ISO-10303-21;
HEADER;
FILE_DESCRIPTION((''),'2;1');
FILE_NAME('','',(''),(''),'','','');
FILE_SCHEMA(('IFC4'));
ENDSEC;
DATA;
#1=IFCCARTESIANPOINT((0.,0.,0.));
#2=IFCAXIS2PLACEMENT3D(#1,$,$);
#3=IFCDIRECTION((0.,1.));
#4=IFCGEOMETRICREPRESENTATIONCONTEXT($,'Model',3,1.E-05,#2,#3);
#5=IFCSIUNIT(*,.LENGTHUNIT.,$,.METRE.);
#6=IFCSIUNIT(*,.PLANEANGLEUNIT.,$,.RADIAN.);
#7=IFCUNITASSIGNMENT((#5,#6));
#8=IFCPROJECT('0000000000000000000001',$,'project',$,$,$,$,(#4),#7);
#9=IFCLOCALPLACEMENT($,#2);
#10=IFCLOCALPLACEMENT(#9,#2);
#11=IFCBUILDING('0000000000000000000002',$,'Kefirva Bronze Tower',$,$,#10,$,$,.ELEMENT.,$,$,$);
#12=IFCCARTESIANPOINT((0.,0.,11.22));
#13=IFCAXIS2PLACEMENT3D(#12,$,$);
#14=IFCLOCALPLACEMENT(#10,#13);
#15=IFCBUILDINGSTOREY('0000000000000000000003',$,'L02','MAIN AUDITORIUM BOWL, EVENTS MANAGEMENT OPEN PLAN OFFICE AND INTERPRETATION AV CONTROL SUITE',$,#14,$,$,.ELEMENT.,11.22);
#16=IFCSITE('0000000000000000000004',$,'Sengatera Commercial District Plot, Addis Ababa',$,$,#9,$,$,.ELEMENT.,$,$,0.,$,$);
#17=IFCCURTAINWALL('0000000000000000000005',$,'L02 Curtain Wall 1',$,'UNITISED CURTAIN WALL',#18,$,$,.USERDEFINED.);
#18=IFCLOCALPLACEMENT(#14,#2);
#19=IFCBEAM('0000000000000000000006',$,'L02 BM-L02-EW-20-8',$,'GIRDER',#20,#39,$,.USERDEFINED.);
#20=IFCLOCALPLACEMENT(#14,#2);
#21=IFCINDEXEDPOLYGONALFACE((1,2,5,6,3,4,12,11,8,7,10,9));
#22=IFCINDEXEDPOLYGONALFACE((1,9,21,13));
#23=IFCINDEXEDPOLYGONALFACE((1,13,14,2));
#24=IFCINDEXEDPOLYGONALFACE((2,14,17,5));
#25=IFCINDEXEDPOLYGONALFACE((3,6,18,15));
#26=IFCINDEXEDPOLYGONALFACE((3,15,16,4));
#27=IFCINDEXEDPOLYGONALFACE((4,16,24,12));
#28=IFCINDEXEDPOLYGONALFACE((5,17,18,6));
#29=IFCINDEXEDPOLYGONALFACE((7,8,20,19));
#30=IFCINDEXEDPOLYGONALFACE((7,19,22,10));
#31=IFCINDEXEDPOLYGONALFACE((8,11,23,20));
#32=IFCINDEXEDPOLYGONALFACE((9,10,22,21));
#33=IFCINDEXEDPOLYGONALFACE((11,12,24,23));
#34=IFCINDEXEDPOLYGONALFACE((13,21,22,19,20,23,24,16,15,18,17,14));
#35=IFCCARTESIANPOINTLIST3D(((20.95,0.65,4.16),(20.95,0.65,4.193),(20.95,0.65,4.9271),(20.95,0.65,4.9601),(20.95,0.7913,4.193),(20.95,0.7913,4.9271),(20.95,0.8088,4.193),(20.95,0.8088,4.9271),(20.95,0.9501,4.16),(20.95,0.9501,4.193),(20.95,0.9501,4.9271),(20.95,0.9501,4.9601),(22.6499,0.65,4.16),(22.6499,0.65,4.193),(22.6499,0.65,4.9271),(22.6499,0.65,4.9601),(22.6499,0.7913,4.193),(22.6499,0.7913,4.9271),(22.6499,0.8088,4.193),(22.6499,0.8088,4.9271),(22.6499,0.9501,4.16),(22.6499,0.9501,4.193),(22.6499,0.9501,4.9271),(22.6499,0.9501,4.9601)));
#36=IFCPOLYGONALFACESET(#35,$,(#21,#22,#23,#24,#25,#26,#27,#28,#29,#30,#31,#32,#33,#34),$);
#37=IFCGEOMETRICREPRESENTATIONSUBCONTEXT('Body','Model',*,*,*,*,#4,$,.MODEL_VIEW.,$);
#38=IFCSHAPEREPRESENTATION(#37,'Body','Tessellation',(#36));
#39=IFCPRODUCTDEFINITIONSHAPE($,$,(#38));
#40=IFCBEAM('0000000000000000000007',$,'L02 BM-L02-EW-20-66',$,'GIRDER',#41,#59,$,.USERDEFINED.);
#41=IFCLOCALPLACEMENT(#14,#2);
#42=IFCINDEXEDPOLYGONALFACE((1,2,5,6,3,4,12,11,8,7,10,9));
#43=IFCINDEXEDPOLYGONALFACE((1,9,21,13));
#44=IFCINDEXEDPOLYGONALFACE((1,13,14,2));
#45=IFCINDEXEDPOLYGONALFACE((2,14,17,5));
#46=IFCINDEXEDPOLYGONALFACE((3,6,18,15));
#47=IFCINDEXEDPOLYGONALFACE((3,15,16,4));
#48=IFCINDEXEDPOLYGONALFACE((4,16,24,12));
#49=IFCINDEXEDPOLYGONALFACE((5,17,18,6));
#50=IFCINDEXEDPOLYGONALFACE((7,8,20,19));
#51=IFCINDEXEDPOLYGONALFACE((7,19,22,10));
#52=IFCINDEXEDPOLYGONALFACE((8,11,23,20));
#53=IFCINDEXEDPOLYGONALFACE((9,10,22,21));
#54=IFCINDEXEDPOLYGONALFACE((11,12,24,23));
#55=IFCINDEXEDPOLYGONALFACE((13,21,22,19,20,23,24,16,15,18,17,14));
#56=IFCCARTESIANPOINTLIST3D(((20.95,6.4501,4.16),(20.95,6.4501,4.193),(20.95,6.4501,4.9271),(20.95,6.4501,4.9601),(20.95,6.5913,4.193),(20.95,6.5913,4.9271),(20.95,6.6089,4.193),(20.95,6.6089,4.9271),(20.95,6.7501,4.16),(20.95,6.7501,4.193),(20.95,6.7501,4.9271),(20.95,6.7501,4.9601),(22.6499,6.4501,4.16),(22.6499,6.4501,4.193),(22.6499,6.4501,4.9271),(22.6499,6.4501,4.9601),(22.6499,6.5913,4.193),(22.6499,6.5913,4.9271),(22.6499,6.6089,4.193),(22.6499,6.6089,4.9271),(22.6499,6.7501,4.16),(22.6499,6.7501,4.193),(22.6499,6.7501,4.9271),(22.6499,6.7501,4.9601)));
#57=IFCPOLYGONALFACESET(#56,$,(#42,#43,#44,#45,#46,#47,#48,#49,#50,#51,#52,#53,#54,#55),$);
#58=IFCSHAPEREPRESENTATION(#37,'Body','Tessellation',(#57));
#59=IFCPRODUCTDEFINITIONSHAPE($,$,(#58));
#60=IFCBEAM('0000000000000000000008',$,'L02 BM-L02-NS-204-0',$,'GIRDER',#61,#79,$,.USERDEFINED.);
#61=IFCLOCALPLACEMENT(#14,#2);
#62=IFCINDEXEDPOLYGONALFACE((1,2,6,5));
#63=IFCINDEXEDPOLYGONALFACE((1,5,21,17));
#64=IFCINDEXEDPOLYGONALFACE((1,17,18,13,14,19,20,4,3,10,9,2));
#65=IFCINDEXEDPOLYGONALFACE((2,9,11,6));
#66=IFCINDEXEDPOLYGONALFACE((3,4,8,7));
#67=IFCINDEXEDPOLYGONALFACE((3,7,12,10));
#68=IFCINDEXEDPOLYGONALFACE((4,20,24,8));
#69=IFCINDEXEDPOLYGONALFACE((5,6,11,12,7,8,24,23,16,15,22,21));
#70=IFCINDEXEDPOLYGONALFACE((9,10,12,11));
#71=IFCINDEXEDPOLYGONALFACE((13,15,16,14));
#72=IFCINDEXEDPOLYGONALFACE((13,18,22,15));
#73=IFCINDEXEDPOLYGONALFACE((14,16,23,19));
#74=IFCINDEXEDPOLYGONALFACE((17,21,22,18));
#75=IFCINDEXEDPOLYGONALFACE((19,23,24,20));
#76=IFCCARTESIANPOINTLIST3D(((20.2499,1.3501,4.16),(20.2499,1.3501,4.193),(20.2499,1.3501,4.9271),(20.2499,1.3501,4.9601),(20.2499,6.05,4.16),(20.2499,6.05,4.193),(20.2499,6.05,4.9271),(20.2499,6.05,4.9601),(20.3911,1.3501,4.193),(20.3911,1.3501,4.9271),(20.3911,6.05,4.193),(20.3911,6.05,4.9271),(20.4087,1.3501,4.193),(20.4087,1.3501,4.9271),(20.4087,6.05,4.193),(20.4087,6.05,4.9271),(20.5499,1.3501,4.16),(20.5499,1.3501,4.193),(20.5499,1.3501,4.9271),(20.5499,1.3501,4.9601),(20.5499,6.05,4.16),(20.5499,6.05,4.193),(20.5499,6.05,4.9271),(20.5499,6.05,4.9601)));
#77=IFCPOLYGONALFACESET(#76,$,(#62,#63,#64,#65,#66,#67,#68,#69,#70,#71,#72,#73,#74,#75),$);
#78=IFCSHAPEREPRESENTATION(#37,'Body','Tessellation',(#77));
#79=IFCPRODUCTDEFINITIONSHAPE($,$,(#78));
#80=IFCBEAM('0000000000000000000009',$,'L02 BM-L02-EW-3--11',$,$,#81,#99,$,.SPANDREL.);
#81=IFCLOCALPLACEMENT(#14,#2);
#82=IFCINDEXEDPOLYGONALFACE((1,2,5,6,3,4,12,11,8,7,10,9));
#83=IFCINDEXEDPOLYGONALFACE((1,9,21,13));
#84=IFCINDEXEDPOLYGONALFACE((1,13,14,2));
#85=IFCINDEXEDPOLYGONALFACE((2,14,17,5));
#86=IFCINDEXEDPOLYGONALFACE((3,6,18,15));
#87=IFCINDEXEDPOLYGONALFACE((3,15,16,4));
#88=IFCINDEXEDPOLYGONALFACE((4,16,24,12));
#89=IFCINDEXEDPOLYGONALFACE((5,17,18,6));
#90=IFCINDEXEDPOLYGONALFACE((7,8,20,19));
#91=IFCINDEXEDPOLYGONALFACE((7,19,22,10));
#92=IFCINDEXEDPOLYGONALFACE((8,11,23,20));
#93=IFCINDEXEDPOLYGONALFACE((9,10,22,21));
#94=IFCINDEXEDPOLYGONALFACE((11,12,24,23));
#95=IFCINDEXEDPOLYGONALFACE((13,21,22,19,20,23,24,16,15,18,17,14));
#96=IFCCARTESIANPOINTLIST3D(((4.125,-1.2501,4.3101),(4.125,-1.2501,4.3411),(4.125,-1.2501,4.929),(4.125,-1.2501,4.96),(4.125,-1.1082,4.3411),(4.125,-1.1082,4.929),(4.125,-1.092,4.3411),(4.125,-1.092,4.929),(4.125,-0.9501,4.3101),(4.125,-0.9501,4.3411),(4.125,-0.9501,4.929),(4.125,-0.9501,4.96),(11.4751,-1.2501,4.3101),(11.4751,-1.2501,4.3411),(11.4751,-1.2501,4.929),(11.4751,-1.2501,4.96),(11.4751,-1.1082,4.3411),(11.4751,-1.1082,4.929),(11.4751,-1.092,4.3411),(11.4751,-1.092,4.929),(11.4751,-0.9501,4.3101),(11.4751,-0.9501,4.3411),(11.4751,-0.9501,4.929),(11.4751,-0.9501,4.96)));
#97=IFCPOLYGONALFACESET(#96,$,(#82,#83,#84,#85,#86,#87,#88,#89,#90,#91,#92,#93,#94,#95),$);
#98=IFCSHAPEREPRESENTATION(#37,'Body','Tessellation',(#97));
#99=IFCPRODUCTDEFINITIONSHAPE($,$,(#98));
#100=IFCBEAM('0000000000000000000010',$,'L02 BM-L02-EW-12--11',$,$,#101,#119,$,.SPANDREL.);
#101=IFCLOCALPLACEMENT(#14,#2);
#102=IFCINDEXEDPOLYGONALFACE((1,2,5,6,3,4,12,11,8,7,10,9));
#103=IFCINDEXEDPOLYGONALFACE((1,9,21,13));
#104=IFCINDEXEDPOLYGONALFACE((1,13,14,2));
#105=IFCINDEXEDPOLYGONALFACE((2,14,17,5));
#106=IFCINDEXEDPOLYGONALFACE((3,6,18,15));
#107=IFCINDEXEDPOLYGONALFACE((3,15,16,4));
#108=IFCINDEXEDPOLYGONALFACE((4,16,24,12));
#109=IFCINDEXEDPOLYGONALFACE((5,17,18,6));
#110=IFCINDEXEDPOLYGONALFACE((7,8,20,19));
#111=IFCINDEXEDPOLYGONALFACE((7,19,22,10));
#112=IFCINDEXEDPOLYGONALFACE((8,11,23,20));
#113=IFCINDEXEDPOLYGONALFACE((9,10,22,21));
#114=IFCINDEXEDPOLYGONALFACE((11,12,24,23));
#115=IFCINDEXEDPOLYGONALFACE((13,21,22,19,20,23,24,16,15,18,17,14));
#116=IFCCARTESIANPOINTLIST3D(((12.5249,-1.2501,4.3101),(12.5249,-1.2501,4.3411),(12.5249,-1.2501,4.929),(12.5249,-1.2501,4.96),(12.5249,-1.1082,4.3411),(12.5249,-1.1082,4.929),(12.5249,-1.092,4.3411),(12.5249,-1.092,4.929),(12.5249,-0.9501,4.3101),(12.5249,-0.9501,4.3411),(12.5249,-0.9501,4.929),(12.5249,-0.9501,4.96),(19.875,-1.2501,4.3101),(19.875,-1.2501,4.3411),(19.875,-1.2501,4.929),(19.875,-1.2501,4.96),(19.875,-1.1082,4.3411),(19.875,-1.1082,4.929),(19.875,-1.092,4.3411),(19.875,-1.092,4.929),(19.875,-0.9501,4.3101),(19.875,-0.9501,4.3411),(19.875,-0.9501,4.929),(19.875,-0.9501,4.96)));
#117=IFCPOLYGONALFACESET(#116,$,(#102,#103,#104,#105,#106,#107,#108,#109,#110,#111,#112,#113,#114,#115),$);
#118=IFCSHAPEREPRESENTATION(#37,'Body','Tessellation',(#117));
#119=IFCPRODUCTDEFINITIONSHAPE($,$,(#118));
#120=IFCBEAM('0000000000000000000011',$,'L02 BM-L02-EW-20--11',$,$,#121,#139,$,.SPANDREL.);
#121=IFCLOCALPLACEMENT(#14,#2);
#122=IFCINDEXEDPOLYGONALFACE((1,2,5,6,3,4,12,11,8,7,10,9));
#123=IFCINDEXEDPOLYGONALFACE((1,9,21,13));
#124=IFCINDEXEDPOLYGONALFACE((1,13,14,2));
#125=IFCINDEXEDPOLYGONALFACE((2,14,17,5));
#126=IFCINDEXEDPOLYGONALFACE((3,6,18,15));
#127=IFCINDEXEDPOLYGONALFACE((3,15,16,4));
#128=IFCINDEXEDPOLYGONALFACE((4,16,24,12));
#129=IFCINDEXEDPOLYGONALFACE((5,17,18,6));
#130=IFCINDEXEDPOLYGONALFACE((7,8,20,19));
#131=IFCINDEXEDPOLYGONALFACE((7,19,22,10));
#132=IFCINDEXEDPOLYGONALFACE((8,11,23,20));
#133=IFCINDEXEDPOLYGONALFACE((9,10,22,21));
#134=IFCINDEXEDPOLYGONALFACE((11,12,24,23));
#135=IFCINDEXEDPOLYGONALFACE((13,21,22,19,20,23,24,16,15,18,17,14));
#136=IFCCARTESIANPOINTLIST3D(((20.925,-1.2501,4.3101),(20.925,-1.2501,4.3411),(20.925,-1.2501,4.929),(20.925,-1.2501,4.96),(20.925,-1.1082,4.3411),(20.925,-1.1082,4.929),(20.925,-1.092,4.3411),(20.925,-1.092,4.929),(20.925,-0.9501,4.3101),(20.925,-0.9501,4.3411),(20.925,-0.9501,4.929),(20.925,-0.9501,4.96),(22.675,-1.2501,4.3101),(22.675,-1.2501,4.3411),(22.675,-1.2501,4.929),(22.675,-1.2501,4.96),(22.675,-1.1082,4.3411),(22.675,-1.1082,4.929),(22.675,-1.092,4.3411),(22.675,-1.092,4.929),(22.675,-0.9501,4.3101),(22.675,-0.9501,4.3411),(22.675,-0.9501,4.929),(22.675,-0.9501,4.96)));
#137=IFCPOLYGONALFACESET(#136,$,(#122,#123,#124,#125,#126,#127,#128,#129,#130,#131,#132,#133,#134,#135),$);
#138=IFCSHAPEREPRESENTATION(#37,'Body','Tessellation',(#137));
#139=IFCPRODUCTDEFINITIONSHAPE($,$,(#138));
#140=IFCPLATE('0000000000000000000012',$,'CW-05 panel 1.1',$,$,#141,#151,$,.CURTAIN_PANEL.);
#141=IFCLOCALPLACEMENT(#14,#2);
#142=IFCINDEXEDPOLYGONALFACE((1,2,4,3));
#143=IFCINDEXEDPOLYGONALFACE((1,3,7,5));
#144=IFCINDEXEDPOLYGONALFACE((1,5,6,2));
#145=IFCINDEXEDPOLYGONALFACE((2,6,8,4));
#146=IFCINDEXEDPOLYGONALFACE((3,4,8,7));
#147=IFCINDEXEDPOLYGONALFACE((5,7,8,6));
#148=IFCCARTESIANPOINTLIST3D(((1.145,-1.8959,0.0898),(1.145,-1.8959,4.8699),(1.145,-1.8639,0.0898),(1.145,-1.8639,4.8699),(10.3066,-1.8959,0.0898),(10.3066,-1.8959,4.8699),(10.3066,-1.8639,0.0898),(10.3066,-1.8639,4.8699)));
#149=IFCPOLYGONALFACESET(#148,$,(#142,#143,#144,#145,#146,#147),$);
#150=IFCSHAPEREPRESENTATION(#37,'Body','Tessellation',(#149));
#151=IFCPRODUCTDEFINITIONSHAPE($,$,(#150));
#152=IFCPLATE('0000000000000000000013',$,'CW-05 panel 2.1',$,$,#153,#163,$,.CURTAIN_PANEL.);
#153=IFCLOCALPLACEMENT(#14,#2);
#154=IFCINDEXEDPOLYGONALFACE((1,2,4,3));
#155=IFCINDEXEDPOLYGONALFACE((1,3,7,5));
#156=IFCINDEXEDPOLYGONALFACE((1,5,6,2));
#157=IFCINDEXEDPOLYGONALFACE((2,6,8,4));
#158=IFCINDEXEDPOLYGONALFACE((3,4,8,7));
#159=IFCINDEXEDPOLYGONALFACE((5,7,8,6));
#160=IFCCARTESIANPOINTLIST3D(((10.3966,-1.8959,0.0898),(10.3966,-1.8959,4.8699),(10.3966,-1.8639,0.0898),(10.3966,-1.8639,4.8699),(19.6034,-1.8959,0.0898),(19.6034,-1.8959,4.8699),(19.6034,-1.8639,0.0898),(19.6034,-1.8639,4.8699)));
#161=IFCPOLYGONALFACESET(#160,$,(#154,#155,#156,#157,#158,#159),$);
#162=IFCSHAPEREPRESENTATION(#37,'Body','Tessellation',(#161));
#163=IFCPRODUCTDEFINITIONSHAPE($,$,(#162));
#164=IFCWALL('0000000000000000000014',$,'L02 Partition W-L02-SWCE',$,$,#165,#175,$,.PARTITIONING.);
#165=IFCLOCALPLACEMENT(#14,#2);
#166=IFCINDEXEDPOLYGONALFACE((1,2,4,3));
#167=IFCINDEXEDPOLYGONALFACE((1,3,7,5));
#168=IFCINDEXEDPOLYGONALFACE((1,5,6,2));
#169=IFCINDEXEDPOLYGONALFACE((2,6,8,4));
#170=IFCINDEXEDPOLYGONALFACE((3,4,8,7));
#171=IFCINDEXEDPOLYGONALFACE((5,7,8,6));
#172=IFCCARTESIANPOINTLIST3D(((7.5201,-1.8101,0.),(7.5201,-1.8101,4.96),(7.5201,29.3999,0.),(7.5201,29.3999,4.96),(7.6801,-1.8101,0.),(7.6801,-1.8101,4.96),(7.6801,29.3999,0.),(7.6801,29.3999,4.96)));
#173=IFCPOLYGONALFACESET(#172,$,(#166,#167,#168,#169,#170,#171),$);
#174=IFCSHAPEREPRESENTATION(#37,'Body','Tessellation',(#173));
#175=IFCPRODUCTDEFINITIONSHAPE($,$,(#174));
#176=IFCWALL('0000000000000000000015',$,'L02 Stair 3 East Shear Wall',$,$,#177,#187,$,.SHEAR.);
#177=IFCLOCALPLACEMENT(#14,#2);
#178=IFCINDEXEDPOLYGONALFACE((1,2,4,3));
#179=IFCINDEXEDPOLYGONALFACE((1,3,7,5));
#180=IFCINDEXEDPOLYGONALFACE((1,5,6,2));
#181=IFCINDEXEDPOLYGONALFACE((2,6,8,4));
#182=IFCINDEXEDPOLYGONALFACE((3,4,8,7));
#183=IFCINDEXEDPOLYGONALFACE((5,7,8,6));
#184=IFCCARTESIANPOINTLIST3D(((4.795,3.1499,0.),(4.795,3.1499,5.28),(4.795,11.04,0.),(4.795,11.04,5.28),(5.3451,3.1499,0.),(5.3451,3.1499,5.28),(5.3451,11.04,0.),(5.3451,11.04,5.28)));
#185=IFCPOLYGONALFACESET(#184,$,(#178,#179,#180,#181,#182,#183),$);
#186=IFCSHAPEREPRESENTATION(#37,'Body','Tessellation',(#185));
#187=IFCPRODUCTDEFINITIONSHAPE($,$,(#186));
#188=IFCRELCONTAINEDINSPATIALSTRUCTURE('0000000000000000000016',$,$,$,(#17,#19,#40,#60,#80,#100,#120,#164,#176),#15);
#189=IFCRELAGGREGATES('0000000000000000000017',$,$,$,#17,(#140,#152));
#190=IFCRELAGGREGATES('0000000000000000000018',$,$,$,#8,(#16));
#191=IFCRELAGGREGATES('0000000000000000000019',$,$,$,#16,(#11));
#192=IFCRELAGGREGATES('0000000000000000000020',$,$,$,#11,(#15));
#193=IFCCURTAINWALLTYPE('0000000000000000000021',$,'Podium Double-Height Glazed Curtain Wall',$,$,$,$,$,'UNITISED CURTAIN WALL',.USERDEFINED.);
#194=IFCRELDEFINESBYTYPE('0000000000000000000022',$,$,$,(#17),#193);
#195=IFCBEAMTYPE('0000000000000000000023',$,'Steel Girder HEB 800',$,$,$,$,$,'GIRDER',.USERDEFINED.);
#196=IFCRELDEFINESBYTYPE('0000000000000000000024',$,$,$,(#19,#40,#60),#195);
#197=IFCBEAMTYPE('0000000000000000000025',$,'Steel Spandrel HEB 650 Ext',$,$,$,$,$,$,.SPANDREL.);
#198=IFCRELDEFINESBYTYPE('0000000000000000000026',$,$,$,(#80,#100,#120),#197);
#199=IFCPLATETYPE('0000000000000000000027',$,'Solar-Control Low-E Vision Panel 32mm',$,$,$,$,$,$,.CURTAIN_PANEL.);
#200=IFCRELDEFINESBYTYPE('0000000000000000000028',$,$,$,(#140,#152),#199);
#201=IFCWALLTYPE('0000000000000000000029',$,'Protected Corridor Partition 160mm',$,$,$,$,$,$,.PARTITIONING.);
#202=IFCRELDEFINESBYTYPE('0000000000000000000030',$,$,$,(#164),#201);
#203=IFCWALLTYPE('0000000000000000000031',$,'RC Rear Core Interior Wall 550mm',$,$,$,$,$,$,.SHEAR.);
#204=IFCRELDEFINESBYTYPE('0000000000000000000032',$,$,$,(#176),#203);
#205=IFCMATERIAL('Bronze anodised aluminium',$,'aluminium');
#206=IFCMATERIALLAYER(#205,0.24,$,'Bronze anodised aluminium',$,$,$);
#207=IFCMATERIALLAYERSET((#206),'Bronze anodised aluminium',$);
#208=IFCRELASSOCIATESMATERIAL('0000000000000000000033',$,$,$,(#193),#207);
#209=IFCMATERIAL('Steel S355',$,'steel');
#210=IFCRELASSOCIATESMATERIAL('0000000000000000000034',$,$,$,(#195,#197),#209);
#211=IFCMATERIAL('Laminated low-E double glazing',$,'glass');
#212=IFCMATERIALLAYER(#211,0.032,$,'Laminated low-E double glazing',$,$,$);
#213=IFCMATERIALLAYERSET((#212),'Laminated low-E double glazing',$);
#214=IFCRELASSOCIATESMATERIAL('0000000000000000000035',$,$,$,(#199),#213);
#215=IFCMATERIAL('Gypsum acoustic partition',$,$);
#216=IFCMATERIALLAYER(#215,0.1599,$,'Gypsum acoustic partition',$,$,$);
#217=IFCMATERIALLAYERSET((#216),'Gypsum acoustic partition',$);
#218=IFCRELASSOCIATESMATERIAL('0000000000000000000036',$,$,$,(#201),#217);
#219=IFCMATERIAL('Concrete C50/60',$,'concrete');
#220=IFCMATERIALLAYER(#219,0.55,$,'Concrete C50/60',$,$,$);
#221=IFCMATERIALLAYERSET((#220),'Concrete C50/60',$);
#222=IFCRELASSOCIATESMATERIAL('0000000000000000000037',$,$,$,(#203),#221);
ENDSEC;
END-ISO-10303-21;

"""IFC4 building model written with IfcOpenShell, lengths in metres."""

from ifc_helpers import new_model, si_unit, direction, frame, frame_2d, origin, origin_2d, place, context, subcontext, project, spatial, rectangle, i_section, extrude, material, layer, layer_set, material_profile, profile_set, type_object, element, aggregate, save


model = new_model("IFC4")

# Units and contexts
model_context = context("Model", 3, precision=1e-05, world=origin(), true_north=direction((0.0, 1.0)))
body_context = subcontext(model_context, "Body", "Model", "MODEL_VIEW")
ifc_project = project(units=[si_unit("LENGTHUNIT", "METRE"), si_unit("PLANEANGLEUNIT", "RADIAN")], contexts=[model_context])

# Site, building, storey
site_placement = place(None, origin())
site = spatial("IfcSite", under=ifc_project, at=site_placement, Name="Sengatera Commercial District Plot, Addis Ababa", CompositionType="ELEMENT", RefElevation=0.0)
building_placement = place(site_placement, origin())
building = spatial("IfcBuilding", under=site, at=building_placement, Name="Kefirva Bronze Tower", CompositionType="ELEMENT")
storey_placement = place(building_placement, frame((0.0, 0.0, 11.22)))
storey = spatial("IfcBuildingStorey", under=building, at=storey_placement, Name="L02", Description="MAIN AUDITORIUM BOWL, EVENTS MANAGEMENT OPEN PLAN OFFICE AND INTERPRETATION AV CONTROL SUITE", CompositionType="ELEMENT", Elevation=11.22)

# Curtain wall
ifc_material_1 = material(Name="Bronze anodised aluminium", Category="aluminium")
ifc_layer_1 = layer(ifc_material_1, 0.24, Name="Bronze anodised aluminium")
ifc_layer_set_1 = layer_set([ifc_layer_1], Name="Bronze anodised aluminium")
curtain_wall_type = type_object("IfcCurtainWallType", Name="Podium Double-Height Glazed Curtain Wall", ElementType="UNITISED CURTAIN WALL", PredefinedType="USERDEFINED", material=ifc_layer_set_1)
curtain_wall_placement = place(storey_placement, origin())
curtain_wall = element("IfcCurtainWall", 1, at=curtain_wall_placement, inside=storey, type_object=curtain_wall_type, Name="L02 Curtain Wall 1", ObjectType="UNITISED CURTAIN WALL", PredefinedType="USERDEFINED")

# Beams
ifc_material_2 = material(Name="Steel S355", Category="steel")
ifc_material_profile_1 = material_profile(ifc_material_2, i_section(OverallWidth=0.3, OverallDepth=0.8, WebThickness=0.0176, FlangeThickness=0.033, at=origin_2d()), Name="HEB 800")
ifc_profile_set_1 = profile_set([ifc_material_profile_1], Name="Steel S355")
beam_type_1 = type_object("IfcBeamType", Name="Steel Girder HEB 800", ElementType="GIRDER", PredefinedType="USERDEFINED", material=ifc_profile_set_1)
for number, where, z_axis, x_axis, name in (
    (2, (20.95, 0.8, 4.5601), (1.0, 0.0, 0.0), (0.0, 1.0, 0.0), "L02 BM-L02-EW-20-8"),
    (3, (20.95, 6.6001, 4.5601), (1.0, 0.0, 0.0), (0.0, 1.0, 0.0), "L02 BM-L02-EW-20-66"),
):
    element("IfcBeam", number, at=place(storey_placement, frame(where, z_axis=z_axis, x_axis=x_axis)), inside=storey, type_object=beam_type_1, Name=name, ObjectType="GIRDER", PredefinedType="USERDEFINED", context=body_context, shape_type="SweptSolid", body=[
        extrude(i_section(OverallWidth=0.3, OverallDepth=0.8, WebThickness=0.0176, FlangeThickness=0.033, at=origin_2d()), origin(), (0.0, 0.0, 1.0), 1.7),
    ])
beam_1_placement = place(storey_placement, frame((20.3999, 1.3501, 4.5601), z_axis=(0.0, 1.0, 0.0), x_axis=(-1.0, 0.0, 0.0)))
element("IfcBeam", 4, at=beam_1_placement, inside=storey, type_object=beam_type_1, Name="L02 BM-L02-NS-204-0", ObjectType="GIRDER", PredefinedType="USERDEFINED", context=body_context, shape_type="SweptSolid", body=[
    extrude(i_section(OverallWidth=0.3, OverallDepth=0.8, WebThickness=0.0176, FlangeThickness=0.033, at=origin_2d()), origin(), (0.0, 0.0, 1.0), 4.7),
])
ifc_material_profile_2 = material_profile(ifc_material_2, i_section(OverallWidth=0.3, OverallDepth=0.6499, WebThickness=0.0161, FlangeThickness=0.031, at=origin_2d()), Name="HEB 650")
ifc_profile_set_2 = profile_set([ifc_material_profile_2], Name="Steel S355")
beam_type_2 = type_object("IfcBeamType", Name="Steel Spandrel HEB 650 Ext", PredefinedType="SPANDREL", material=ifc_profile_set_2)
for number, where, z_axis, x_axis, name in (
    (5, (4.125, -1.1001, 4.635), (1.0, 0.0, 0.0), (0.0, 1.0, 0.0), "L02 BM-L02-EW-3--11"),
    (6, (12.5249, -1.1001, 4.635), (1.0, 0.0, 0.0), (0.0, 1.0, 0.0), "L02 BM-L02-EW-12--11"),
):
    element("IfcBeam", number, at=place(storey_placement, frame(where, z_axis=z_axis, x_axis=x_axis)), inside=storey, type_object=beam_type_2, Name=name, PredefinedType="SPANDREL", context=body_context, shape_type="SweptSolid", body=[
        extrude(i_section(OverallWidth=0.3, OverallDepth=0.6499, WebThickness=0.0161, FlangeThickness=0.031, at=origin_2d()), origin(), (0.0, 0.0, 1.0), 7.3501),
    ])
beam_2_placement = place(storey_placement, frame((20.925, -1.1001, 4.635), z_axis=(1.0, 0.0, 0.0), x_axis=(0.0, 1.0, 0.0)))
element("IfcBeam", 7, at=beam_2_placement, inside=storey, type_object=beam_type_2, Name="L02 BM-L02-EW-20--11", PredefinedType="SPANDREL", context=body_context, shape_type="SweptSolid", body=[
    extrude(i_section(OverallWidth=0.3, OverallDepth=0.6499, WebThickness=0.0161, FlangeThickness=0.031, at=origin_2d()), origin(), (0.0, 0.0, 1.0), 1.75),
])

# Plates
ifc_material_3 = material(Name="Laminated low-E double glazing", Category="glass")
ifc_layer_2 = layer(ifc_material_3, 0.032, Name="Laminated low-E double glazing")
ifc_layer_set_2 = layer_set([ifc_layer_2], Name="Laminated low-E double glazing")
plate_type = type_object("IfcPlateType", Name="Solar-Control Low-E Vision Panel 32mm", PredefinedType="CURTAIN_PANEL", material=ifc_layer_set_2)
plate_1_placement = place(storey_placement, frame((5.7258, -1.8799, 0.0898), z_axis=(0.0, 0.0, 1.0), x_axis=(1.0, 0.0, 0.0)))
plate_1 = element("IfcPlate", 8, at=plate_1_placement, type_object=plate_type, Name="CW-05 panel 1.1", PredefinedType="CURTAIN_PANEL", context=body_context, shape_type="SweptSolid", body=[
    extrude(rectangle(XDim=9.1616, YDim=0.032, at=origin_2d()), origin(), (0.0, 0.0, 1.0), 4.78),
])
plate_2_placement = place(storey_placement, frame((15.0, -1.8799, 0.0898), z_axis=(0.0, 0.0, 1.0), x_axis=(1.0, 0.0, 0.0)))
plate_2 = element("IfcPlate", 9, at=plate_2_placement, type_object=plate_type, Name="CW-05 panel 2.1", PredefinedType="CURTAIN_PANEL", context=body_context, shape_type="SweptSolid", body=[
    extrude(rectangle(XDim=9.2068, YDim=0.032, at=origin_2d()), origin(), (0.0, 0.0, 1.0), 4.78),
])
aggregate(curtain_wall, [plate_1, plate_2])

# Walls
ifc_material_4 = material(Name="Gypsum acoustic partition")
ifc_layer_3 = layer(ifc_material_4, 0.1599, Name="Gypsum acoustic partition")
ifc_layer_set_3 = layer_set([ifc_layer_3], Name="Gypsum acoustic partition")
wall_type_1 = type_object("IfcWallType", Name="Protected Corridor Partition 160mm", PredefinedType="PARTITIONING", material=ifc_layer_set_3)
wall_1_placement = place(storey_placement, frame((7.6001, -1.8101, 0.0), z_axis=(0.0, 0.0, 1.0), x_axis=(0.0, 1.0, 0.0)))
element("IfcWall", 10, at=wall_1_placement, inside=storey, type_object=wall_type_1, Name="L02 Partition W-L02-SWCE", PredefinedType="PARTITIONING", context=body_context, shape_type="SweptSolid", body=[
    extrude(rectangle(XDim=31.21, YDim=0.1599, at=frame_2d((15.605, 0.0))), origin(), (0.0, 0.0, 1.0), 4.96),
])
ifc_material_5 = material(Name="Concrete C50/60", Category="concrete")
ifc_layer_4 = layer(ifc_material_5, 0.55, Name="Concrete C50/60")
ifc_layer_set_4 = layer_set([ifc_layer_4], Name="Concrete C50/60")
wall_type_2 = type_object("IfcWallType", Name="RC Rear Core Interior Wall 550mm", PredefinedType="SHEAR", material=ifc_layer_set_4)
wall_2_placement = place(storey_placement, frame((5.0701, 3.1499, 0.0), z_axis=(0.0, 0.0, 1.0), x_axis=(0.0, 1.0, 0.0)))
element("IfcWall", 11, at=wall_2_placement, inside=storey, type_object=wall_type_2, Name="L02 Stair 3 East Shear Wall", PredefinedType="SHEAR", context=body_context, shape_type="SweptSolid", body=[
    extrude(rectangle(XDim=7.8901, YDim=0.55, at=frame_2d((3.9451, 0.0))), origin(), (0.0, 0.0, 1.0), 5.28),
])

save(model, "model.ifc")
